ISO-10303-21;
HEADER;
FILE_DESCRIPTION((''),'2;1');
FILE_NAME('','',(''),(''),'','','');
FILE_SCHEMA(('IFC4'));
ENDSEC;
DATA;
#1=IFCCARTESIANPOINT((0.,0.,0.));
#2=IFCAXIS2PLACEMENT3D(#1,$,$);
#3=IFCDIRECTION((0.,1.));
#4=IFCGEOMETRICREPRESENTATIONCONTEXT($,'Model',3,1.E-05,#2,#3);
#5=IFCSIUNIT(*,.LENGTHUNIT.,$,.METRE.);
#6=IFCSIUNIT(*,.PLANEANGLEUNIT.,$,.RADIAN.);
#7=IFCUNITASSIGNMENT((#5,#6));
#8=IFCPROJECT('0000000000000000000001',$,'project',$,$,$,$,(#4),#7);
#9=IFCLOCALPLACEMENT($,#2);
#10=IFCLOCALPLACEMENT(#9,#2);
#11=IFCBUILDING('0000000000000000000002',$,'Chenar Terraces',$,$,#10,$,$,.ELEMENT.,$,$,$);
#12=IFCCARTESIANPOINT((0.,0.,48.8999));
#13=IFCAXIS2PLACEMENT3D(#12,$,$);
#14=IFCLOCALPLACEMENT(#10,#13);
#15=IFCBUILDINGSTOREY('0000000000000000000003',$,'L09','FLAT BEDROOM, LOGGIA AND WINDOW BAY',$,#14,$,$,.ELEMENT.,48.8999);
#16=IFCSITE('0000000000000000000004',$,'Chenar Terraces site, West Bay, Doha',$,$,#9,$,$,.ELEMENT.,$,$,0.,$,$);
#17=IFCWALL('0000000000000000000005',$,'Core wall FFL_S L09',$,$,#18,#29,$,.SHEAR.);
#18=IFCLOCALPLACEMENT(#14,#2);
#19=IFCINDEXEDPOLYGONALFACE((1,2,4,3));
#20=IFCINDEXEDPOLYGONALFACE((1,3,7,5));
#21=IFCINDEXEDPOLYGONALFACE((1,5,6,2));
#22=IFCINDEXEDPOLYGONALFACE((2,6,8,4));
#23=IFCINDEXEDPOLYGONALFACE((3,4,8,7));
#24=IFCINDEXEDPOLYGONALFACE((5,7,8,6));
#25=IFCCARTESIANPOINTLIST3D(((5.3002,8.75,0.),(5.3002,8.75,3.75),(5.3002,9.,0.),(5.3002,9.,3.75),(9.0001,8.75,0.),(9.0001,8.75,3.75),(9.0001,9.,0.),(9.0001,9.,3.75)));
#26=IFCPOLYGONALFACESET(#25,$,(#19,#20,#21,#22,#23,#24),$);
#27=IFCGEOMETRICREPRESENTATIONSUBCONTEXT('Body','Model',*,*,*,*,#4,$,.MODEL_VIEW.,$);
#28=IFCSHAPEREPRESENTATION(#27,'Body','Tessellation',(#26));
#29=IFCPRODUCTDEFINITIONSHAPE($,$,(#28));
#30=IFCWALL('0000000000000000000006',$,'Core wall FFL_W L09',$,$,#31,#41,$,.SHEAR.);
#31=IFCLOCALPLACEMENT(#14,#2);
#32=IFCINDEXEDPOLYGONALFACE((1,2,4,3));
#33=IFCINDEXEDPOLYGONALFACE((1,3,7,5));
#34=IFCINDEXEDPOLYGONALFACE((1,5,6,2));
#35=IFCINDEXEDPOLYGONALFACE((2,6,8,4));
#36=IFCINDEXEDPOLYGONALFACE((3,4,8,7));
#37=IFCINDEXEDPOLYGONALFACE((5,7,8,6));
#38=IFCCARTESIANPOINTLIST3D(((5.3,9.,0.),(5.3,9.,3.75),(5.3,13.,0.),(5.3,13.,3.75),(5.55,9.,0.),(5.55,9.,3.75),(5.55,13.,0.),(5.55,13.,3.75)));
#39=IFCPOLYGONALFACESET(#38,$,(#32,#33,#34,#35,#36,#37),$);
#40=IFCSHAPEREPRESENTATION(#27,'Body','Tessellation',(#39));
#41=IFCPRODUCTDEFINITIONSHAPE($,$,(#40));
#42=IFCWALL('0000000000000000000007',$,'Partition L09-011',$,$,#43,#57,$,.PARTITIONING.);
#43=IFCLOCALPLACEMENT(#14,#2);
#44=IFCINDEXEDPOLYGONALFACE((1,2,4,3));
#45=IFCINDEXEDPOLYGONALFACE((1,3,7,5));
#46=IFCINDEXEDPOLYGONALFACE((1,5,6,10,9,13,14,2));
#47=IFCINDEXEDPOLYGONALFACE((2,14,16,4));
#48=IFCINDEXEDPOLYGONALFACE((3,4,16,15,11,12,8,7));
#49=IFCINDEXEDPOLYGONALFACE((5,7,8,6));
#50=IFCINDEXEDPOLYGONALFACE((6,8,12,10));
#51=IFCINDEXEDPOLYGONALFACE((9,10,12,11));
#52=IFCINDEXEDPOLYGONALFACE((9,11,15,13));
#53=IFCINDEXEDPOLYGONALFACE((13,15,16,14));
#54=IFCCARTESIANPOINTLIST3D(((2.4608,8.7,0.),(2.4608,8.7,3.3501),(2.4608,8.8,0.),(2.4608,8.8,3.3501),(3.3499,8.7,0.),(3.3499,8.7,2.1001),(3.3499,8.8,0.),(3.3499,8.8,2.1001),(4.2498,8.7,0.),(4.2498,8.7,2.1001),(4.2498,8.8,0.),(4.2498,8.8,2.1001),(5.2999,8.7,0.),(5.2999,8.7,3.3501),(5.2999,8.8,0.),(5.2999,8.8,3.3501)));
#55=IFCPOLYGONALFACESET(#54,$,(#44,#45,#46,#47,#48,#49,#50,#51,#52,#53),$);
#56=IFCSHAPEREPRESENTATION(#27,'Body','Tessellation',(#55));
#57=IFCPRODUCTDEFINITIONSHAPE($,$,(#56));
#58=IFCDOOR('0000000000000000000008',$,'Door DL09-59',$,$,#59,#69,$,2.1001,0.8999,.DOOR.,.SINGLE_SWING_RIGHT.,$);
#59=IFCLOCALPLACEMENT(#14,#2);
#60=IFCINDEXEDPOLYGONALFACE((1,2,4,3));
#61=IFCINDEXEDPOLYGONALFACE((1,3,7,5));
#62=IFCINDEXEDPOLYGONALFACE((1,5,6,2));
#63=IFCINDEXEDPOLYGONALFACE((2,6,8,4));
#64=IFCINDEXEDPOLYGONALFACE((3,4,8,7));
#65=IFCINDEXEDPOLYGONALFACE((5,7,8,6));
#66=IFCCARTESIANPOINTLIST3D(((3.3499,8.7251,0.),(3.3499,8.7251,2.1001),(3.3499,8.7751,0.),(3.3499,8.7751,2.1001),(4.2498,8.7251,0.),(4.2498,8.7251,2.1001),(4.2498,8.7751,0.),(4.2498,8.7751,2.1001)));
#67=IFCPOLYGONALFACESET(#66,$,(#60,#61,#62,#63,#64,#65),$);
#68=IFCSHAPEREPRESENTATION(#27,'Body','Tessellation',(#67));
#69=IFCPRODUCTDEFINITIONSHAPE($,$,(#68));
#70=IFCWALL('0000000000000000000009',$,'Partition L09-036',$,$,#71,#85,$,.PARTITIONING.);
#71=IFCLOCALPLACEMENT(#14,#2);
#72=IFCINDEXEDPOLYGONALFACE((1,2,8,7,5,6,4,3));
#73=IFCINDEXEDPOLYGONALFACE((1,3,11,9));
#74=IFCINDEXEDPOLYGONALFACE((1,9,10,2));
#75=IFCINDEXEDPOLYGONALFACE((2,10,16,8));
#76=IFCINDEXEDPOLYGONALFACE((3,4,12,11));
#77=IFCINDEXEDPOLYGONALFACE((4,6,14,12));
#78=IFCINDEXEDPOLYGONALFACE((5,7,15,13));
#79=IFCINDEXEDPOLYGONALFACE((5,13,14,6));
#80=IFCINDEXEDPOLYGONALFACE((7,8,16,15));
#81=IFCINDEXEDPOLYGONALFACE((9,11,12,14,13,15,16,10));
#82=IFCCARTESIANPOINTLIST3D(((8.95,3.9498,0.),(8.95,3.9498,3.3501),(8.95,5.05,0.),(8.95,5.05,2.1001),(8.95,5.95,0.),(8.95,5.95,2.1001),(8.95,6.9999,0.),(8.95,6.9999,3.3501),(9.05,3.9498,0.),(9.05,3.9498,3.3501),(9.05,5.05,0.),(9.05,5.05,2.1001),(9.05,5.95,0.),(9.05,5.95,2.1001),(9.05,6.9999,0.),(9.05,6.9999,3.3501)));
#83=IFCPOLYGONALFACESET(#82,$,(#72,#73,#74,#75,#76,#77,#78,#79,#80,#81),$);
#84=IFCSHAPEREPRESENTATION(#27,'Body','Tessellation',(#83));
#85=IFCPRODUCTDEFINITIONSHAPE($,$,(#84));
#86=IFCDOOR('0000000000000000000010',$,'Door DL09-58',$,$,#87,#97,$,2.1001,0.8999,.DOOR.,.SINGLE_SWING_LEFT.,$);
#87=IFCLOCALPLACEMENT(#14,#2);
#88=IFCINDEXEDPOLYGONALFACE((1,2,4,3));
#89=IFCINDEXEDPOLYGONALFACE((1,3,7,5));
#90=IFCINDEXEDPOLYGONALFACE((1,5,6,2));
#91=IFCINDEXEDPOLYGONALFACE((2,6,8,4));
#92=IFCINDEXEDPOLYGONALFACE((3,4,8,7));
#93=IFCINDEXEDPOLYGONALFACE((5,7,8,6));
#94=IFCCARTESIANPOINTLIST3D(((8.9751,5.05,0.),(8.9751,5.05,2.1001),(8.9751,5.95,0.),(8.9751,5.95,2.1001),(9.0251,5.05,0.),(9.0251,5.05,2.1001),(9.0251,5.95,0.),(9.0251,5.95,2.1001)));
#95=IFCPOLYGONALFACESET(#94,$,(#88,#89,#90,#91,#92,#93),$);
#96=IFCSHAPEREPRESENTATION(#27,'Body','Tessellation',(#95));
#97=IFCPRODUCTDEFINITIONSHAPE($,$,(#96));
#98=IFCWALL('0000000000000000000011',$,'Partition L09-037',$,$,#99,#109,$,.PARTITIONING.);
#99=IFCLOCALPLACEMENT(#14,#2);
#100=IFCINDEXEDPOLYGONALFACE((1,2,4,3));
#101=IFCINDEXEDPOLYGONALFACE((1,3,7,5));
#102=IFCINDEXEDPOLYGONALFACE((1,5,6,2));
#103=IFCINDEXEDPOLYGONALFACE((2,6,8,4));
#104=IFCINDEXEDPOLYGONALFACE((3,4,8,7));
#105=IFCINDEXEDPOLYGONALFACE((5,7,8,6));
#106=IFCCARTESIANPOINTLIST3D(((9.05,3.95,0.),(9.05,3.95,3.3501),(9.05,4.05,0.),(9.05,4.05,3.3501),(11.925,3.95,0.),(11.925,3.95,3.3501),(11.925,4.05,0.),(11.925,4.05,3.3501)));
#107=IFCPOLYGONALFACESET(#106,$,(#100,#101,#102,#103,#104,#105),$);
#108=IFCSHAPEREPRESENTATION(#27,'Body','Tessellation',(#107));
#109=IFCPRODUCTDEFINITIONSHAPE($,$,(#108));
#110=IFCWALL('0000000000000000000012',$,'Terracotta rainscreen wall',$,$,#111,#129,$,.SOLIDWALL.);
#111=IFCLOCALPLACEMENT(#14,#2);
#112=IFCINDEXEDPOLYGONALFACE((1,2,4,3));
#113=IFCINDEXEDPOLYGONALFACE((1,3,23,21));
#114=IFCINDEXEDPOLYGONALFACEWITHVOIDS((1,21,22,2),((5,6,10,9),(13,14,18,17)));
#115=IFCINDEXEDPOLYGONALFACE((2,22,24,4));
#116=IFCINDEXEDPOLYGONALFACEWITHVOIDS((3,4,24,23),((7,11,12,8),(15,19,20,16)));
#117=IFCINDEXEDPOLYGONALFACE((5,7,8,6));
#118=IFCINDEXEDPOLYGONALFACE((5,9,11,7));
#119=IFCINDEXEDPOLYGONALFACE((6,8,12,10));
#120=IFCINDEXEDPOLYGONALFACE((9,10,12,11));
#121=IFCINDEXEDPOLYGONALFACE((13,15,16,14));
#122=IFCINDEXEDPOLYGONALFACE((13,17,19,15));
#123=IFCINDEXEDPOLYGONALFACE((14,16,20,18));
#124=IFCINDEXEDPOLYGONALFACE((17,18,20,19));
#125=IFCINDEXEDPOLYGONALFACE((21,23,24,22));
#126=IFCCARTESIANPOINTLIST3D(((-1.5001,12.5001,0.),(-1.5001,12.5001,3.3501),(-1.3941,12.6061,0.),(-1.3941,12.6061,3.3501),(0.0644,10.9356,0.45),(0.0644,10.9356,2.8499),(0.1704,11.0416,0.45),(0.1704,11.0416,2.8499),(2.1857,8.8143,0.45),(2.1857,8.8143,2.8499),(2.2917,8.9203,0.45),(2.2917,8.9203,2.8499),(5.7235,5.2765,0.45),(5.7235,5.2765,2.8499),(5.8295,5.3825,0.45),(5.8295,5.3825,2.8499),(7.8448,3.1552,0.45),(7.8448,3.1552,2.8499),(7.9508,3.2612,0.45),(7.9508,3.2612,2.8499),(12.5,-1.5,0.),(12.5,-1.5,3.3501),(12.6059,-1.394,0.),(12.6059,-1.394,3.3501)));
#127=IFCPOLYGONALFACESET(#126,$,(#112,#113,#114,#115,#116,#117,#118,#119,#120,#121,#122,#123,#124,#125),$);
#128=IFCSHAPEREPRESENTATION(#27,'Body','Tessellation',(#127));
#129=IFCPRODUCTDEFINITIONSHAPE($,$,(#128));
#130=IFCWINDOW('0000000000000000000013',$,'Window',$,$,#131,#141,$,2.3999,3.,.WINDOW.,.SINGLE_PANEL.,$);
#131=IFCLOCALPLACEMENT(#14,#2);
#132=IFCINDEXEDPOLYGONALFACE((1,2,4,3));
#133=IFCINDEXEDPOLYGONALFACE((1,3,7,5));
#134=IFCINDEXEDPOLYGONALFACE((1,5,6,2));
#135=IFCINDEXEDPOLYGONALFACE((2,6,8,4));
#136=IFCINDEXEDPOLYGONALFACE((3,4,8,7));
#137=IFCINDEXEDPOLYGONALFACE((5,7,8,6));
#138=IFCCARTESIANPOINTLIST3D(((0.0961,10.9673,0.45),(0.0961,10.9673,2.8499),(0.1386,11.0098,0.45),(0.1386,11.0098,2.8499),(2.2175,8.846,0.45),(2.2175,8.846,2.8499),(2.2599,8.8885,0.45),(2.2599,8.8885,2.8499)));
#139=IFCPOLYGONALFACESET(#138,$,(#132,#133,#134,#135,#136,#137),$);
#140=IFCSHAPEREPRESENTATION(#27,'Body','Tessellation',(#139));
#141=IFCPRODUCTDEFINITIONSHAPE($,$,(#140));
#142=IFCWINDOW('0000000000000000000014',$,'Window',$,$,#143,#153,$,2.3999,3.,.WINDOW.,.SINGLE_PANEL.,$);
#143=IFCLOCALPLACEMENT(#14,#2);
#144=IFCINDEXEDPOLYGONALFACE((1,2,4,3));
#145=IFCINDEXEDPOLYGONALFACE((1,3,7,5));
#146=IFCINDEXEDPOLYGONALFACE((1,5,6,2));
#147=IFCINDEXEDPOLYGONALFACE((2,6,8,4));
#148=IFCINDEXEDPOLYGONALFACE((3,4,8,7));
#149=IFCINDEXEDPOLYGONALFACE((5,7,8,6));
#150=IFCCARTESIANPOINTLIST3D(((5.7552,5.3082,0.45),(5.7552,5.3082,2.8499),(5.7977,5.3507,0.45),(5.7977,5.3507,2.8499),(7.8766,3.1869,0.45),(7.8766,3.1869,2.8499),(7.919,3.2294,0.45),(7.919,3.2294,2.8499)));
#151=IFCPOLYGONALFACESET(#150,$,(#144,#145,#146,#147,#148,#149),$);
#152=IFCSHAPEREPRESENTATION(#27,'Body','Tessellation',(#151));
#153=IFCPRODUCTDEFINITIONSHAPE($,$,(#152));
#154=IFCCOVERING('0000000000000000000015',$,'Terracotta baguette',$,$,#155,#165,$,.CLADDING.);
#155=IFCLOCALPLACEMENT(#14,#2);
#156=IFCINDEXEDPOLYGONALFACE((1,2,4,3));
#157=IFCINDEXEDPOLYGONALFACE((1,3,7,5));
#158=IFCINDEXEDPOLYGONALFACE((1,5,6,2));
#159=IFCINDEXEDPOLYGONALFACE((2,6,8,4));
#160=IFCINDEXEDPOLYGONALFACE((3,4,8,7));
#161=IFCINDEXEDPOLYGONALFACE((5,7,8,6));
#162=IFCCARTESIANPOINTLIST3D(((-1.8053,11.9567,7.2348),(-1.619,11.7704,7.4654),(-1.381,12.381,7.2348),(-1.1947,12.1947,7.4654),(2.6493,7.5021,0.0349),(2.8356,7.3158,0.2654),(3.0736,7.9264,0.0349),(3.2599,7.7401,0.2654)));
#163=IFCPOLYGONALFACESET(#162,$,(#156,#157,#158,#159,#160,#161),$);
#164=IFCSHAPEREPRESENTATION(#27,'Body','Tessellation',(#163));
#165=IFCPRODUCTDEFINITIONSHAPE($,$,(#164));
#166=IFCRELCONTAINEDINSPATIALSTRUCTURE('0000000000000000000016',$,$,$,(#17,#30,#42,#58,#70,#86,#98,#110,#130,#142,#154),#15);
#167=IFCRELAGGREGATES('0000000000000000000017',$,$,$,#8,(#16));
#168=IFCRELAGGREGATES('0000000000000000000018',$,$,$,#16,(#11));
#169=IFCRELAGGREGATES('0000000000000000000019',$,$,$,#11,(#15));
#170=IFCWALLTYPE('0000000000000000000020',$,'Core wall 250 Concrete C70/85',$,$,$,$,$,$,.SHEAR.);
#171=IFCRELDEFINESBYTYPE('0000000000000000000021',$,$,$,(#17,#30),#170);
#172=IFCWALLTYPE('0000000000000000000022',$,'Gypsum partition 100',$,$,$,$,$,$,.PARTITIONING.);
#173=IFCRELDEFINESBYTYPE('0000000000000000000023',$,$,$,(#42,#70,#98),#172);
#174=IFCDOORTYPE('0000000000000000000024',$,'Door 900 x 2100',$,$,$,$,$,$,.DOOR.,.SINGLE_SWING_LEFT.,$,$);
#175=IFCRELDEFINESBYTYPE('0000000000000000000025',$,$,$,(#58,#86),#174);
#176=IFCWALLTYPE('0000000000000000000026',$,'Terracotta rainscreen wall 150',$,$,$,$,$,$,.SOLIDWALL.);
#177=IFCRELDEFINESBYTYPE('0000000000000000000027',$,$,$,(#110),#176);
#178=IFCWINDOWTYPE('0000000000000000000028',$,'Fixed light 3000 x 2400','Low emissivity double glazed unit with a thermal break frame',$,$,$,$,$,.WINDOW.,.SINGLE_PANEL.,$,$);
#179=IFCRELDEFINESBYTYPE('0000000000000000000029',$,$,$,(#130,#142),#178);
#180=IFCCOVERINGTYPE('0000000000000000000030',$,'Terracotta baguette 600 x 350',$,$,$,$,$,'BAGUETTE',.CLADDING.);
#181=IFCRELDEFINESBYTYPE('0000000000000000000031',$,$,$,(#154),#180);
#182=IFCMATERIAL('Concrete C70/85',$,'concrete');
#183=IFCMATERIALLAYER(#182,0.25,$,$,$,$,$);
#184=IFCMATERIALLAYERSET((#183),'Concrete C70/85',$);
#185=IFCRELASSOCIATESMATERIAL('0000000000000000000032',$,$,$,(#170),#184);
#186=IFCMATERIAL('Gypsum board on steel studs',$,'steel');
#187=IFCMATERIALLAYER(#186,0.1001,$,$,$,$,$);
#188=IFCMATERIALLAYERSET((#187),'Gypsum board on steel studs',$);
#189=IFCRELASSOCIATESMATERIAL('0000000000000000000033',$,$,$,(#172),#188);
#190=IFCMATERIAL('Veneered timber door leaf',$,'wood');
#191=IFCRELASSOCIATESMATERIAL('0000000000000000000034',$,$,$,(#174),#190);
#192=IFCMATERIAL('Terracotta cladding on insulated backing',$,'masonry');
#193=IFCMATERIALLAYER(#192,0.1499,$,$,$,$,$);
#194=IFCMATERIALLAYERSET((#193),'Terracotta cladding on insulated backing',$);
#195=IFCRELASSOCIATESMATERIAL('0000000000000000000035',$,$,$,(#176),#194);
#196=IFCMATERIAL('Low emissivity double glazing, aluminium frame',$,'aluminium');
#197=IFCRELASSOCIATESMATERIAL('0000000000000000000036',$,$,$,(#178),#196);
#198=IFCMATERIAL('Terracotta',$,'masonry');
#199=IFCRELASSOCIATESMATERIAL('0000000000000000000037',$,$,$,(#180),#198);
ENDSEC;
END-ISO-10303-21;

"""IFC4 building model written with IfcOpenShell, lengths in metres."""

from ifc_helpers import new_model, si_unit, direction, frame, frame_2d, origin, origin_2d, place, context, subcontext, project, spatial, rectangle, extrude, material, layer, layer_set, material_profile, profile_set, type_object, element, fill, save


model = new_model("IFC4")

# Units and contexts
model_context = context("Model", 3, precision=1e-05, world=origin(), true_north=direction((0.0, 1.0)))
body_context = subcontext(model_context, "Body", "Model", "MODEL_VIEW")
ifc_project = project(units=[si_unit("LENGTHUNIT", "METRE"), si_unit("PLANEANGLEUNIT", "RADIAN")], contexts=[model_context])

# Site, building, storey
site_placement = place(None, origin())
site = spatial("IfcSite", under=ifc_project, at=site_placement, Name="Chenar Terraces site, West Bay, Doha", CompositionType="ELEMENT", RefElevation=0.0)
building_placement = place(site_placement, origin())
building = spatial("IfcBuilding", under=site, at=building_placement, Name="Chenar Terraces", CompositionType="ELEMENT")
storey_placement = place(building_placement, frame((0.0, 0.0, 48.8999)))
storey = spatial("IfcBuildingStorey", under=building, at=storey_placement, Name="L09", Description="FLAT BEDROOM, LOGGIA AND WINDOW BAY", CompositionType="ELEMENT", Elevation=48.8999)

# Shared definitions
ifc_material_1 = material(Name="Concrete C70/85", Category="concrete")
ifc_layer_1 = layer(ifc_material_1, 0.25)
ifc_layer_set_1 = layer_set([ifc_layer_1], Name="Concrete C70/85")
wall_type_1 = type_object("IfcWallType", Name="Core wall 250 Concrete C70/85", PredefinedType="SHEAR", material=ifc_layer_set_1)

# Walls
wall_1_placement = place(storey_placement, frame((5.3, 8.875, 0.0), z_axis=(0.0, 0.0, 1.0), x_axis=(1.0, 0.0, 0.0)))
element("IfcWall", 1, at=wall_1_placement, inside=storey, type_object=wall_type_1, Name="Core wall FFL_S L09", PredefinedType="SHEAR", context=body_context, shape_type="SweptSolid", body=[
    extrude(rectangle(XDim=3.7, YDim=0.25, at=frame_2d((1.8501, 0.0))), origin(), (0.0, 0.0, 1.0), 3.75),
])
wall_2_placement = place(storey_placement, frame((5.425, 9.0, 0.0), z_axis=(0.0, 0.0, 1.0), x_axis=(0.0, 1.0, 0.0)))
element("IfcWall", 2, at=wall_2_placement, inside=storey, type_object=wall_type_1, Name="Core wall FFL_W L09", PredefinedType="SHEAR", context=body_context, shape_type="SweptSolid", body=[
    extrude(rectangle(XDim=4.0, YDim=0.25, at=frame_2d((2.0, 0.0))), origin(), (0.0, 0.0, 1.0), 3.75),
])

# Walls, openings, doors
ifc_material_2 = material(Name="Gypsum board on steel studs", Category="steel")
ifc_layer_2 = layer(ifc_material_2, 0.1001)
ifc_layer_set_2 = layer_set([ifc_layer_2], Name="Gypsum board on steel studs")
wall_type_2 = type_object("IfcWallType", Name="Gypsum partition 100", PredefinedType="PARTITIONING", material=ifc_layer_set_2)
wall_3_placement = place(storey_placement, frame((2.4609, 8.75, 0.0), z_axis=(0.0, 0.0, 1.0), x_axis=(1.0, 0.0, 0.0)))
wall_3 = element("IfcWall", 3, at=wall_3_placement, inside=storey, type_object=wall_type_2, Name="Partition L09-011", PredefinedType="PARTITIONING", context=body_context, shape_type="SweptSolid", body=[
    extrude(rectangle(XDim=2.8391, YDim=0.1001, at=frame_2d((1.4194, 0.0))), origin(), (0.0, 0.0, 1.0), 3.3501),
])
opening_1_placement = place(wall_3_placement, frame((0.8889, 0.0, 0.0)))
opening_1 = element("IfcOpeningElement", 4, at=opening_1_placement, cuts=wall_3, PredefinedType="OPENING", context=body_context, shape_type="SweptSolid", body=[
    extrude(rectangle(XDim=0.8999, YDim=2.1001, at=frame_2d((0.45, 1.05))), frame((0.0, 0.0601, 0.0), z_axis=(0.0, -1.0, 0.0), x_axis=(1.0, 0.0, 0.0)), (0.0, 0.0, 1.0), 0.1201),
])
ifc_material_3 = material(Name="Veneered timber door leaf", Category="wood")
door_type_1 = type_object("IfcDoorType", Name="Door 900 x 2100", OperationType="SINGLE_SWING_LEFT", PredefinedType="DOOR", material=ifc_material_3)
door_1_placement = place(opening_1_placement, frame((0.8999, 0.0, 0.0), z_axis=(0.0, 0.0, 1.0), x_axis=(-1.0, 0.0, 0.0)))
door_1 = element("IfcDoor", 5, at=door_1_placement, inside=storey, type_object=door_type_1, Name="Door DL09-59", OperationType="SINGLE_SWING_RIGHT", OverallHeight=2.1001, OverallWidth=0.8999, PredefinedType="DOOR", context=body_context, shape_type="SweptSolid", body=[
    extrude(rectangle(XDim=0.8999, YDim=2.1001, at=frame_2d((0.45, 1.05))), frame((0.0, 0.0249, 0.0), z_axis=(0.0, -1.0, 0.0), x_axis=(1.0, 0.0, 0.0)), (0.0, 0.0, 1.0), 0.05),
])
fill(opening_1, door_1)
wall_4_placement = place(storey_placement, frame((9.0, 3.95, 0.0), z_axis=(0.0, 0.0, 1.0), x_axis=(0.0, 1.0, 0.0)))
wall_4 = element("IfcWall", 6, at=wall_4_placement, inside=storey, type_object=wall_type_2, Name="Partition L09-036", PredefinedType="PARTITIONING", context=body_context, shape_type="SweptSolid", body=[
    extrude(rectangle(XDim=3.05, YDim=0.1001, at=frame_2d((1.5249, 0.0))), origin(), (0.0, 0.0, 1.0), 3.3501),
])
opening_2_placement = place(wall_4_placement, frame((1.1001, 0.0, 0.0)))
opening_2 = element("IfcOpeningElement", 7, at=opening_2_placement, cuts=wall_4, PredefinedType="OPENING", context=body_context, shape_type="SweptSolid", body=[
    extrude(rectangle(XDim=0.8999, YDim=2.1001, at=frame_2d((0.45, 1.05))), frame((0.0, 0.0601, 0.0), z_axis=(0.0, -1.0, 0.0), x_axis=(1.0, 0.0, 0.0)), (0.0, 0.0, 1.0), 0.1201),
])
door_2_placement = place(opening_2_placement, origin())
door_2 = element("IfcDoor", 8, at=door_2_placement, inside=storey, type_object=door_type_1, Name="Door DL09-58", OperationType="SINGLE_SWING_LEFT", OverallHeight=2.1001, OverallWidth=0.8999, PredefinedType="DOOR", context=body_context, shape_type="SweptSolid", body=[
    extrude(rectangle(XDim=0.8999, YDim=2.1001, at=frame_2d((0.45, 1.05))), frame((0.0, 0.0249, 0.0), z_axis=(0.0, -1.0, 0.0), x_axis=(1.0, 0.0, 0.0)), (0.0, 0.0, 1.0), 0.05),
])
fill(opening_2, door_2)

# Wall
wall_5_placement = place(storey_placement, frame((9.05, 4.0, 0.0), z_axis=(0.0, 0.0, 1.0), x_axis=(1.0, 0.0, 0.0)))
element("IfcWall", 9, at=wall_5_placement, inside=storey, type_object=wall_type_2, Name="Partition L09-037", PredefinedType="PARTITIONING", context=body_context, shape_type="SweptSolid", body=[
    extrude(rectangle(XDim=2.875, YDim=0.1001, at=frame_2d((1.4375, 0.0))), origin(), (0.0, 0.0, 1.0), 3.3501),
])

# Wall, openings, windows
ifc_material_4 = material(Name="Terracotta cladding on insulated backing", Category="masonry")
ifc_layer_3 = layer(ifc_material_4, 0.1499)
ifc_layer_set_3 = layer_set([ifc_layer_3], Name="Terracotta cladding on insulated backing")
wall_type_3 = type_object("IfcWallType", Name="Terracotta rainscreen wall 150", PredefinedType="SOLIDWALL", material=ifc_layer_set_3)
wall_6_placement = place(storey_placement, frame((-1.447, 12.553, 0.0), z_axis=(0.0, 0.0, 1.0), x_axis=(0.707107, -0.707107, 0.0)))
wall_6 = element("IfcWall", 10, at=wall_6_placement, inside=storey, type_object=wall_type_3, Name="Terracotta rainscreen wall", PredefinedType="SOLIDWALL", context=body_context, shape_type="SweptSolid", body=[
    extrude(rectangle(XDim=19.7991, YDim=0.1499, at=frame_2d((9.8994, 0.0))), origin(), (0.0, 0.0, 1.0), 3.3501),
])
opening_3_placement = place(wall_6_placement, frame((2.2124, 0.0, 0.45)))
opening_3 = element("IfcOpeningElement", 11, at=opening_3_placement, cuts=wall_6, PredefinedType="OPENING", context=body_context, shape_type="SweptSolid", body=[
    extrude(rectangle(XDim=3.0, YDim=2.3999, at=frame_2d((1.5, 1.2))), frame((0.0, 0.085, 0.0), z_axis=(0.0, -1.0, 0.0), x_axis=(1.0, 0.0, 0.0)), (0.0, 0.0, 1.0), 0.1699),
])
opening_4_placement = place(wall_6_placement, frame((10.2156, 0.0, 0.45)))
opening_4 = element("IfcOpeningElement", 12, at=opening_4_placement, cuts=wall_6, PredefinedType="OPENING", context=body_context, shape_type="SweptSolid", body=[
    extrude(rectangle(XDim=3.0, YDim=2.3999, at=frame_2d((1.5, 1.2))), frame((0.0, 0.085, 0.0), z_axis=(0.0, -1.0, 0.0), x_axis=(1.0, 0.0, 0.0)), (0.0, 0.0, 1.0), 0.1699),
])
ifc_material_5 = material(Name="Low emissivity double glazing, aluminium frame", Category="aluminium")
window_type = type_object("IfcWindowType", Name="Fixed light 3000 x 2400", Description="Low emissivity double glazed unit with a thermal break frame", PartitioningType="SINGLE_PANEL", PredefinedType="WINDOW", material=ifc_material_5)
window_1_placement = place(opening_3_placement, origin())
window_1 = element("IfcWindow", 13, at=window_1_placement, inside=storey, type_object=window_type, Name="Window", OverallHeight=2.3999, OverallWidth=3.0, PartitioningType="SINGLE_PANEL", PredefinedType="WINDOW", context=body_context, shape_type="SweptSolid", body=[
    extrude(rectangle(XDim=3.0, YDim=2.3999, at=frame_2d((1.5, 1.2))), frame((0.0, 0.03, 0.0), z_axis=(0.0, -1.0, 0.0), x_axis=(1.0, 0.0, 0.0)), (0.0, 0.0, 1.0), 0.0601),
])
fill(opening_3, window_1)
window_2_placement = place(opening_4_placement, origin())
window_2 = element("IfcWindow", 14, at=window_2_placement, inside=storey, type_object=window_type, Name="Window", OverallHeight=2.3999, OverallWidth=3.0, PartitioningType="SINGLE_PANEL", PredefinedType="WINDOW", context=body_context, shape_type="SweptSolid", body=[
    extrude(rectangle(XDim=3.0, YDim=2.3999, at=frame_2d((1.5, 1.2))), frame((0.0, 0.03, 0.0), z_axis=(0.0, -1.0, 0.0), x_axis=(1.0, 0.0, 0.0)), (0.0, 0.0, 1.0), 0.0601),
])
fill(opening_4, window_2)

# Covering
ifc_material_6 = material(Name="Terracotta", Category="masonry")
ifc_material_profile = material_profile(ifc_material_6, rectangle(XDim=0.6001, YDim=0.3501, at=origin_2d()), Name="Terracotta baguette 600 x 350")
ifc_profile_set = profile_set([ifc_material_profile], Name="Terracotta")
covering_type = type_object("IfcCoveringType", Name="Terracotta baguette 600 x 350", ElementType="BAGUETTE", PredefinedType="CLADDING", material=ifc_profile_set)
covering_1_placement = place(storey_placement, frame((-1.5, 12.0757, 7.3501), z_axis=(0.465624, -0.465624, -0.752588), x_axis=(0.707107, 0.707107, 0.0)))
element("IfcCovering", 15, at=covering_1_placement, inside=storey, type_object=covering_type, Name="Terracotta baguette", PredefinedType="CLADDING", context=body_context, shape_type="SweptSolid", body=[
    extrude(rectangle(XDim=0.6001, YDim=0.3501, at=origin_2d()), origin(), (0.0, 0.0, 1.0), 9.5669),
])

save(model, "model.ifc")
